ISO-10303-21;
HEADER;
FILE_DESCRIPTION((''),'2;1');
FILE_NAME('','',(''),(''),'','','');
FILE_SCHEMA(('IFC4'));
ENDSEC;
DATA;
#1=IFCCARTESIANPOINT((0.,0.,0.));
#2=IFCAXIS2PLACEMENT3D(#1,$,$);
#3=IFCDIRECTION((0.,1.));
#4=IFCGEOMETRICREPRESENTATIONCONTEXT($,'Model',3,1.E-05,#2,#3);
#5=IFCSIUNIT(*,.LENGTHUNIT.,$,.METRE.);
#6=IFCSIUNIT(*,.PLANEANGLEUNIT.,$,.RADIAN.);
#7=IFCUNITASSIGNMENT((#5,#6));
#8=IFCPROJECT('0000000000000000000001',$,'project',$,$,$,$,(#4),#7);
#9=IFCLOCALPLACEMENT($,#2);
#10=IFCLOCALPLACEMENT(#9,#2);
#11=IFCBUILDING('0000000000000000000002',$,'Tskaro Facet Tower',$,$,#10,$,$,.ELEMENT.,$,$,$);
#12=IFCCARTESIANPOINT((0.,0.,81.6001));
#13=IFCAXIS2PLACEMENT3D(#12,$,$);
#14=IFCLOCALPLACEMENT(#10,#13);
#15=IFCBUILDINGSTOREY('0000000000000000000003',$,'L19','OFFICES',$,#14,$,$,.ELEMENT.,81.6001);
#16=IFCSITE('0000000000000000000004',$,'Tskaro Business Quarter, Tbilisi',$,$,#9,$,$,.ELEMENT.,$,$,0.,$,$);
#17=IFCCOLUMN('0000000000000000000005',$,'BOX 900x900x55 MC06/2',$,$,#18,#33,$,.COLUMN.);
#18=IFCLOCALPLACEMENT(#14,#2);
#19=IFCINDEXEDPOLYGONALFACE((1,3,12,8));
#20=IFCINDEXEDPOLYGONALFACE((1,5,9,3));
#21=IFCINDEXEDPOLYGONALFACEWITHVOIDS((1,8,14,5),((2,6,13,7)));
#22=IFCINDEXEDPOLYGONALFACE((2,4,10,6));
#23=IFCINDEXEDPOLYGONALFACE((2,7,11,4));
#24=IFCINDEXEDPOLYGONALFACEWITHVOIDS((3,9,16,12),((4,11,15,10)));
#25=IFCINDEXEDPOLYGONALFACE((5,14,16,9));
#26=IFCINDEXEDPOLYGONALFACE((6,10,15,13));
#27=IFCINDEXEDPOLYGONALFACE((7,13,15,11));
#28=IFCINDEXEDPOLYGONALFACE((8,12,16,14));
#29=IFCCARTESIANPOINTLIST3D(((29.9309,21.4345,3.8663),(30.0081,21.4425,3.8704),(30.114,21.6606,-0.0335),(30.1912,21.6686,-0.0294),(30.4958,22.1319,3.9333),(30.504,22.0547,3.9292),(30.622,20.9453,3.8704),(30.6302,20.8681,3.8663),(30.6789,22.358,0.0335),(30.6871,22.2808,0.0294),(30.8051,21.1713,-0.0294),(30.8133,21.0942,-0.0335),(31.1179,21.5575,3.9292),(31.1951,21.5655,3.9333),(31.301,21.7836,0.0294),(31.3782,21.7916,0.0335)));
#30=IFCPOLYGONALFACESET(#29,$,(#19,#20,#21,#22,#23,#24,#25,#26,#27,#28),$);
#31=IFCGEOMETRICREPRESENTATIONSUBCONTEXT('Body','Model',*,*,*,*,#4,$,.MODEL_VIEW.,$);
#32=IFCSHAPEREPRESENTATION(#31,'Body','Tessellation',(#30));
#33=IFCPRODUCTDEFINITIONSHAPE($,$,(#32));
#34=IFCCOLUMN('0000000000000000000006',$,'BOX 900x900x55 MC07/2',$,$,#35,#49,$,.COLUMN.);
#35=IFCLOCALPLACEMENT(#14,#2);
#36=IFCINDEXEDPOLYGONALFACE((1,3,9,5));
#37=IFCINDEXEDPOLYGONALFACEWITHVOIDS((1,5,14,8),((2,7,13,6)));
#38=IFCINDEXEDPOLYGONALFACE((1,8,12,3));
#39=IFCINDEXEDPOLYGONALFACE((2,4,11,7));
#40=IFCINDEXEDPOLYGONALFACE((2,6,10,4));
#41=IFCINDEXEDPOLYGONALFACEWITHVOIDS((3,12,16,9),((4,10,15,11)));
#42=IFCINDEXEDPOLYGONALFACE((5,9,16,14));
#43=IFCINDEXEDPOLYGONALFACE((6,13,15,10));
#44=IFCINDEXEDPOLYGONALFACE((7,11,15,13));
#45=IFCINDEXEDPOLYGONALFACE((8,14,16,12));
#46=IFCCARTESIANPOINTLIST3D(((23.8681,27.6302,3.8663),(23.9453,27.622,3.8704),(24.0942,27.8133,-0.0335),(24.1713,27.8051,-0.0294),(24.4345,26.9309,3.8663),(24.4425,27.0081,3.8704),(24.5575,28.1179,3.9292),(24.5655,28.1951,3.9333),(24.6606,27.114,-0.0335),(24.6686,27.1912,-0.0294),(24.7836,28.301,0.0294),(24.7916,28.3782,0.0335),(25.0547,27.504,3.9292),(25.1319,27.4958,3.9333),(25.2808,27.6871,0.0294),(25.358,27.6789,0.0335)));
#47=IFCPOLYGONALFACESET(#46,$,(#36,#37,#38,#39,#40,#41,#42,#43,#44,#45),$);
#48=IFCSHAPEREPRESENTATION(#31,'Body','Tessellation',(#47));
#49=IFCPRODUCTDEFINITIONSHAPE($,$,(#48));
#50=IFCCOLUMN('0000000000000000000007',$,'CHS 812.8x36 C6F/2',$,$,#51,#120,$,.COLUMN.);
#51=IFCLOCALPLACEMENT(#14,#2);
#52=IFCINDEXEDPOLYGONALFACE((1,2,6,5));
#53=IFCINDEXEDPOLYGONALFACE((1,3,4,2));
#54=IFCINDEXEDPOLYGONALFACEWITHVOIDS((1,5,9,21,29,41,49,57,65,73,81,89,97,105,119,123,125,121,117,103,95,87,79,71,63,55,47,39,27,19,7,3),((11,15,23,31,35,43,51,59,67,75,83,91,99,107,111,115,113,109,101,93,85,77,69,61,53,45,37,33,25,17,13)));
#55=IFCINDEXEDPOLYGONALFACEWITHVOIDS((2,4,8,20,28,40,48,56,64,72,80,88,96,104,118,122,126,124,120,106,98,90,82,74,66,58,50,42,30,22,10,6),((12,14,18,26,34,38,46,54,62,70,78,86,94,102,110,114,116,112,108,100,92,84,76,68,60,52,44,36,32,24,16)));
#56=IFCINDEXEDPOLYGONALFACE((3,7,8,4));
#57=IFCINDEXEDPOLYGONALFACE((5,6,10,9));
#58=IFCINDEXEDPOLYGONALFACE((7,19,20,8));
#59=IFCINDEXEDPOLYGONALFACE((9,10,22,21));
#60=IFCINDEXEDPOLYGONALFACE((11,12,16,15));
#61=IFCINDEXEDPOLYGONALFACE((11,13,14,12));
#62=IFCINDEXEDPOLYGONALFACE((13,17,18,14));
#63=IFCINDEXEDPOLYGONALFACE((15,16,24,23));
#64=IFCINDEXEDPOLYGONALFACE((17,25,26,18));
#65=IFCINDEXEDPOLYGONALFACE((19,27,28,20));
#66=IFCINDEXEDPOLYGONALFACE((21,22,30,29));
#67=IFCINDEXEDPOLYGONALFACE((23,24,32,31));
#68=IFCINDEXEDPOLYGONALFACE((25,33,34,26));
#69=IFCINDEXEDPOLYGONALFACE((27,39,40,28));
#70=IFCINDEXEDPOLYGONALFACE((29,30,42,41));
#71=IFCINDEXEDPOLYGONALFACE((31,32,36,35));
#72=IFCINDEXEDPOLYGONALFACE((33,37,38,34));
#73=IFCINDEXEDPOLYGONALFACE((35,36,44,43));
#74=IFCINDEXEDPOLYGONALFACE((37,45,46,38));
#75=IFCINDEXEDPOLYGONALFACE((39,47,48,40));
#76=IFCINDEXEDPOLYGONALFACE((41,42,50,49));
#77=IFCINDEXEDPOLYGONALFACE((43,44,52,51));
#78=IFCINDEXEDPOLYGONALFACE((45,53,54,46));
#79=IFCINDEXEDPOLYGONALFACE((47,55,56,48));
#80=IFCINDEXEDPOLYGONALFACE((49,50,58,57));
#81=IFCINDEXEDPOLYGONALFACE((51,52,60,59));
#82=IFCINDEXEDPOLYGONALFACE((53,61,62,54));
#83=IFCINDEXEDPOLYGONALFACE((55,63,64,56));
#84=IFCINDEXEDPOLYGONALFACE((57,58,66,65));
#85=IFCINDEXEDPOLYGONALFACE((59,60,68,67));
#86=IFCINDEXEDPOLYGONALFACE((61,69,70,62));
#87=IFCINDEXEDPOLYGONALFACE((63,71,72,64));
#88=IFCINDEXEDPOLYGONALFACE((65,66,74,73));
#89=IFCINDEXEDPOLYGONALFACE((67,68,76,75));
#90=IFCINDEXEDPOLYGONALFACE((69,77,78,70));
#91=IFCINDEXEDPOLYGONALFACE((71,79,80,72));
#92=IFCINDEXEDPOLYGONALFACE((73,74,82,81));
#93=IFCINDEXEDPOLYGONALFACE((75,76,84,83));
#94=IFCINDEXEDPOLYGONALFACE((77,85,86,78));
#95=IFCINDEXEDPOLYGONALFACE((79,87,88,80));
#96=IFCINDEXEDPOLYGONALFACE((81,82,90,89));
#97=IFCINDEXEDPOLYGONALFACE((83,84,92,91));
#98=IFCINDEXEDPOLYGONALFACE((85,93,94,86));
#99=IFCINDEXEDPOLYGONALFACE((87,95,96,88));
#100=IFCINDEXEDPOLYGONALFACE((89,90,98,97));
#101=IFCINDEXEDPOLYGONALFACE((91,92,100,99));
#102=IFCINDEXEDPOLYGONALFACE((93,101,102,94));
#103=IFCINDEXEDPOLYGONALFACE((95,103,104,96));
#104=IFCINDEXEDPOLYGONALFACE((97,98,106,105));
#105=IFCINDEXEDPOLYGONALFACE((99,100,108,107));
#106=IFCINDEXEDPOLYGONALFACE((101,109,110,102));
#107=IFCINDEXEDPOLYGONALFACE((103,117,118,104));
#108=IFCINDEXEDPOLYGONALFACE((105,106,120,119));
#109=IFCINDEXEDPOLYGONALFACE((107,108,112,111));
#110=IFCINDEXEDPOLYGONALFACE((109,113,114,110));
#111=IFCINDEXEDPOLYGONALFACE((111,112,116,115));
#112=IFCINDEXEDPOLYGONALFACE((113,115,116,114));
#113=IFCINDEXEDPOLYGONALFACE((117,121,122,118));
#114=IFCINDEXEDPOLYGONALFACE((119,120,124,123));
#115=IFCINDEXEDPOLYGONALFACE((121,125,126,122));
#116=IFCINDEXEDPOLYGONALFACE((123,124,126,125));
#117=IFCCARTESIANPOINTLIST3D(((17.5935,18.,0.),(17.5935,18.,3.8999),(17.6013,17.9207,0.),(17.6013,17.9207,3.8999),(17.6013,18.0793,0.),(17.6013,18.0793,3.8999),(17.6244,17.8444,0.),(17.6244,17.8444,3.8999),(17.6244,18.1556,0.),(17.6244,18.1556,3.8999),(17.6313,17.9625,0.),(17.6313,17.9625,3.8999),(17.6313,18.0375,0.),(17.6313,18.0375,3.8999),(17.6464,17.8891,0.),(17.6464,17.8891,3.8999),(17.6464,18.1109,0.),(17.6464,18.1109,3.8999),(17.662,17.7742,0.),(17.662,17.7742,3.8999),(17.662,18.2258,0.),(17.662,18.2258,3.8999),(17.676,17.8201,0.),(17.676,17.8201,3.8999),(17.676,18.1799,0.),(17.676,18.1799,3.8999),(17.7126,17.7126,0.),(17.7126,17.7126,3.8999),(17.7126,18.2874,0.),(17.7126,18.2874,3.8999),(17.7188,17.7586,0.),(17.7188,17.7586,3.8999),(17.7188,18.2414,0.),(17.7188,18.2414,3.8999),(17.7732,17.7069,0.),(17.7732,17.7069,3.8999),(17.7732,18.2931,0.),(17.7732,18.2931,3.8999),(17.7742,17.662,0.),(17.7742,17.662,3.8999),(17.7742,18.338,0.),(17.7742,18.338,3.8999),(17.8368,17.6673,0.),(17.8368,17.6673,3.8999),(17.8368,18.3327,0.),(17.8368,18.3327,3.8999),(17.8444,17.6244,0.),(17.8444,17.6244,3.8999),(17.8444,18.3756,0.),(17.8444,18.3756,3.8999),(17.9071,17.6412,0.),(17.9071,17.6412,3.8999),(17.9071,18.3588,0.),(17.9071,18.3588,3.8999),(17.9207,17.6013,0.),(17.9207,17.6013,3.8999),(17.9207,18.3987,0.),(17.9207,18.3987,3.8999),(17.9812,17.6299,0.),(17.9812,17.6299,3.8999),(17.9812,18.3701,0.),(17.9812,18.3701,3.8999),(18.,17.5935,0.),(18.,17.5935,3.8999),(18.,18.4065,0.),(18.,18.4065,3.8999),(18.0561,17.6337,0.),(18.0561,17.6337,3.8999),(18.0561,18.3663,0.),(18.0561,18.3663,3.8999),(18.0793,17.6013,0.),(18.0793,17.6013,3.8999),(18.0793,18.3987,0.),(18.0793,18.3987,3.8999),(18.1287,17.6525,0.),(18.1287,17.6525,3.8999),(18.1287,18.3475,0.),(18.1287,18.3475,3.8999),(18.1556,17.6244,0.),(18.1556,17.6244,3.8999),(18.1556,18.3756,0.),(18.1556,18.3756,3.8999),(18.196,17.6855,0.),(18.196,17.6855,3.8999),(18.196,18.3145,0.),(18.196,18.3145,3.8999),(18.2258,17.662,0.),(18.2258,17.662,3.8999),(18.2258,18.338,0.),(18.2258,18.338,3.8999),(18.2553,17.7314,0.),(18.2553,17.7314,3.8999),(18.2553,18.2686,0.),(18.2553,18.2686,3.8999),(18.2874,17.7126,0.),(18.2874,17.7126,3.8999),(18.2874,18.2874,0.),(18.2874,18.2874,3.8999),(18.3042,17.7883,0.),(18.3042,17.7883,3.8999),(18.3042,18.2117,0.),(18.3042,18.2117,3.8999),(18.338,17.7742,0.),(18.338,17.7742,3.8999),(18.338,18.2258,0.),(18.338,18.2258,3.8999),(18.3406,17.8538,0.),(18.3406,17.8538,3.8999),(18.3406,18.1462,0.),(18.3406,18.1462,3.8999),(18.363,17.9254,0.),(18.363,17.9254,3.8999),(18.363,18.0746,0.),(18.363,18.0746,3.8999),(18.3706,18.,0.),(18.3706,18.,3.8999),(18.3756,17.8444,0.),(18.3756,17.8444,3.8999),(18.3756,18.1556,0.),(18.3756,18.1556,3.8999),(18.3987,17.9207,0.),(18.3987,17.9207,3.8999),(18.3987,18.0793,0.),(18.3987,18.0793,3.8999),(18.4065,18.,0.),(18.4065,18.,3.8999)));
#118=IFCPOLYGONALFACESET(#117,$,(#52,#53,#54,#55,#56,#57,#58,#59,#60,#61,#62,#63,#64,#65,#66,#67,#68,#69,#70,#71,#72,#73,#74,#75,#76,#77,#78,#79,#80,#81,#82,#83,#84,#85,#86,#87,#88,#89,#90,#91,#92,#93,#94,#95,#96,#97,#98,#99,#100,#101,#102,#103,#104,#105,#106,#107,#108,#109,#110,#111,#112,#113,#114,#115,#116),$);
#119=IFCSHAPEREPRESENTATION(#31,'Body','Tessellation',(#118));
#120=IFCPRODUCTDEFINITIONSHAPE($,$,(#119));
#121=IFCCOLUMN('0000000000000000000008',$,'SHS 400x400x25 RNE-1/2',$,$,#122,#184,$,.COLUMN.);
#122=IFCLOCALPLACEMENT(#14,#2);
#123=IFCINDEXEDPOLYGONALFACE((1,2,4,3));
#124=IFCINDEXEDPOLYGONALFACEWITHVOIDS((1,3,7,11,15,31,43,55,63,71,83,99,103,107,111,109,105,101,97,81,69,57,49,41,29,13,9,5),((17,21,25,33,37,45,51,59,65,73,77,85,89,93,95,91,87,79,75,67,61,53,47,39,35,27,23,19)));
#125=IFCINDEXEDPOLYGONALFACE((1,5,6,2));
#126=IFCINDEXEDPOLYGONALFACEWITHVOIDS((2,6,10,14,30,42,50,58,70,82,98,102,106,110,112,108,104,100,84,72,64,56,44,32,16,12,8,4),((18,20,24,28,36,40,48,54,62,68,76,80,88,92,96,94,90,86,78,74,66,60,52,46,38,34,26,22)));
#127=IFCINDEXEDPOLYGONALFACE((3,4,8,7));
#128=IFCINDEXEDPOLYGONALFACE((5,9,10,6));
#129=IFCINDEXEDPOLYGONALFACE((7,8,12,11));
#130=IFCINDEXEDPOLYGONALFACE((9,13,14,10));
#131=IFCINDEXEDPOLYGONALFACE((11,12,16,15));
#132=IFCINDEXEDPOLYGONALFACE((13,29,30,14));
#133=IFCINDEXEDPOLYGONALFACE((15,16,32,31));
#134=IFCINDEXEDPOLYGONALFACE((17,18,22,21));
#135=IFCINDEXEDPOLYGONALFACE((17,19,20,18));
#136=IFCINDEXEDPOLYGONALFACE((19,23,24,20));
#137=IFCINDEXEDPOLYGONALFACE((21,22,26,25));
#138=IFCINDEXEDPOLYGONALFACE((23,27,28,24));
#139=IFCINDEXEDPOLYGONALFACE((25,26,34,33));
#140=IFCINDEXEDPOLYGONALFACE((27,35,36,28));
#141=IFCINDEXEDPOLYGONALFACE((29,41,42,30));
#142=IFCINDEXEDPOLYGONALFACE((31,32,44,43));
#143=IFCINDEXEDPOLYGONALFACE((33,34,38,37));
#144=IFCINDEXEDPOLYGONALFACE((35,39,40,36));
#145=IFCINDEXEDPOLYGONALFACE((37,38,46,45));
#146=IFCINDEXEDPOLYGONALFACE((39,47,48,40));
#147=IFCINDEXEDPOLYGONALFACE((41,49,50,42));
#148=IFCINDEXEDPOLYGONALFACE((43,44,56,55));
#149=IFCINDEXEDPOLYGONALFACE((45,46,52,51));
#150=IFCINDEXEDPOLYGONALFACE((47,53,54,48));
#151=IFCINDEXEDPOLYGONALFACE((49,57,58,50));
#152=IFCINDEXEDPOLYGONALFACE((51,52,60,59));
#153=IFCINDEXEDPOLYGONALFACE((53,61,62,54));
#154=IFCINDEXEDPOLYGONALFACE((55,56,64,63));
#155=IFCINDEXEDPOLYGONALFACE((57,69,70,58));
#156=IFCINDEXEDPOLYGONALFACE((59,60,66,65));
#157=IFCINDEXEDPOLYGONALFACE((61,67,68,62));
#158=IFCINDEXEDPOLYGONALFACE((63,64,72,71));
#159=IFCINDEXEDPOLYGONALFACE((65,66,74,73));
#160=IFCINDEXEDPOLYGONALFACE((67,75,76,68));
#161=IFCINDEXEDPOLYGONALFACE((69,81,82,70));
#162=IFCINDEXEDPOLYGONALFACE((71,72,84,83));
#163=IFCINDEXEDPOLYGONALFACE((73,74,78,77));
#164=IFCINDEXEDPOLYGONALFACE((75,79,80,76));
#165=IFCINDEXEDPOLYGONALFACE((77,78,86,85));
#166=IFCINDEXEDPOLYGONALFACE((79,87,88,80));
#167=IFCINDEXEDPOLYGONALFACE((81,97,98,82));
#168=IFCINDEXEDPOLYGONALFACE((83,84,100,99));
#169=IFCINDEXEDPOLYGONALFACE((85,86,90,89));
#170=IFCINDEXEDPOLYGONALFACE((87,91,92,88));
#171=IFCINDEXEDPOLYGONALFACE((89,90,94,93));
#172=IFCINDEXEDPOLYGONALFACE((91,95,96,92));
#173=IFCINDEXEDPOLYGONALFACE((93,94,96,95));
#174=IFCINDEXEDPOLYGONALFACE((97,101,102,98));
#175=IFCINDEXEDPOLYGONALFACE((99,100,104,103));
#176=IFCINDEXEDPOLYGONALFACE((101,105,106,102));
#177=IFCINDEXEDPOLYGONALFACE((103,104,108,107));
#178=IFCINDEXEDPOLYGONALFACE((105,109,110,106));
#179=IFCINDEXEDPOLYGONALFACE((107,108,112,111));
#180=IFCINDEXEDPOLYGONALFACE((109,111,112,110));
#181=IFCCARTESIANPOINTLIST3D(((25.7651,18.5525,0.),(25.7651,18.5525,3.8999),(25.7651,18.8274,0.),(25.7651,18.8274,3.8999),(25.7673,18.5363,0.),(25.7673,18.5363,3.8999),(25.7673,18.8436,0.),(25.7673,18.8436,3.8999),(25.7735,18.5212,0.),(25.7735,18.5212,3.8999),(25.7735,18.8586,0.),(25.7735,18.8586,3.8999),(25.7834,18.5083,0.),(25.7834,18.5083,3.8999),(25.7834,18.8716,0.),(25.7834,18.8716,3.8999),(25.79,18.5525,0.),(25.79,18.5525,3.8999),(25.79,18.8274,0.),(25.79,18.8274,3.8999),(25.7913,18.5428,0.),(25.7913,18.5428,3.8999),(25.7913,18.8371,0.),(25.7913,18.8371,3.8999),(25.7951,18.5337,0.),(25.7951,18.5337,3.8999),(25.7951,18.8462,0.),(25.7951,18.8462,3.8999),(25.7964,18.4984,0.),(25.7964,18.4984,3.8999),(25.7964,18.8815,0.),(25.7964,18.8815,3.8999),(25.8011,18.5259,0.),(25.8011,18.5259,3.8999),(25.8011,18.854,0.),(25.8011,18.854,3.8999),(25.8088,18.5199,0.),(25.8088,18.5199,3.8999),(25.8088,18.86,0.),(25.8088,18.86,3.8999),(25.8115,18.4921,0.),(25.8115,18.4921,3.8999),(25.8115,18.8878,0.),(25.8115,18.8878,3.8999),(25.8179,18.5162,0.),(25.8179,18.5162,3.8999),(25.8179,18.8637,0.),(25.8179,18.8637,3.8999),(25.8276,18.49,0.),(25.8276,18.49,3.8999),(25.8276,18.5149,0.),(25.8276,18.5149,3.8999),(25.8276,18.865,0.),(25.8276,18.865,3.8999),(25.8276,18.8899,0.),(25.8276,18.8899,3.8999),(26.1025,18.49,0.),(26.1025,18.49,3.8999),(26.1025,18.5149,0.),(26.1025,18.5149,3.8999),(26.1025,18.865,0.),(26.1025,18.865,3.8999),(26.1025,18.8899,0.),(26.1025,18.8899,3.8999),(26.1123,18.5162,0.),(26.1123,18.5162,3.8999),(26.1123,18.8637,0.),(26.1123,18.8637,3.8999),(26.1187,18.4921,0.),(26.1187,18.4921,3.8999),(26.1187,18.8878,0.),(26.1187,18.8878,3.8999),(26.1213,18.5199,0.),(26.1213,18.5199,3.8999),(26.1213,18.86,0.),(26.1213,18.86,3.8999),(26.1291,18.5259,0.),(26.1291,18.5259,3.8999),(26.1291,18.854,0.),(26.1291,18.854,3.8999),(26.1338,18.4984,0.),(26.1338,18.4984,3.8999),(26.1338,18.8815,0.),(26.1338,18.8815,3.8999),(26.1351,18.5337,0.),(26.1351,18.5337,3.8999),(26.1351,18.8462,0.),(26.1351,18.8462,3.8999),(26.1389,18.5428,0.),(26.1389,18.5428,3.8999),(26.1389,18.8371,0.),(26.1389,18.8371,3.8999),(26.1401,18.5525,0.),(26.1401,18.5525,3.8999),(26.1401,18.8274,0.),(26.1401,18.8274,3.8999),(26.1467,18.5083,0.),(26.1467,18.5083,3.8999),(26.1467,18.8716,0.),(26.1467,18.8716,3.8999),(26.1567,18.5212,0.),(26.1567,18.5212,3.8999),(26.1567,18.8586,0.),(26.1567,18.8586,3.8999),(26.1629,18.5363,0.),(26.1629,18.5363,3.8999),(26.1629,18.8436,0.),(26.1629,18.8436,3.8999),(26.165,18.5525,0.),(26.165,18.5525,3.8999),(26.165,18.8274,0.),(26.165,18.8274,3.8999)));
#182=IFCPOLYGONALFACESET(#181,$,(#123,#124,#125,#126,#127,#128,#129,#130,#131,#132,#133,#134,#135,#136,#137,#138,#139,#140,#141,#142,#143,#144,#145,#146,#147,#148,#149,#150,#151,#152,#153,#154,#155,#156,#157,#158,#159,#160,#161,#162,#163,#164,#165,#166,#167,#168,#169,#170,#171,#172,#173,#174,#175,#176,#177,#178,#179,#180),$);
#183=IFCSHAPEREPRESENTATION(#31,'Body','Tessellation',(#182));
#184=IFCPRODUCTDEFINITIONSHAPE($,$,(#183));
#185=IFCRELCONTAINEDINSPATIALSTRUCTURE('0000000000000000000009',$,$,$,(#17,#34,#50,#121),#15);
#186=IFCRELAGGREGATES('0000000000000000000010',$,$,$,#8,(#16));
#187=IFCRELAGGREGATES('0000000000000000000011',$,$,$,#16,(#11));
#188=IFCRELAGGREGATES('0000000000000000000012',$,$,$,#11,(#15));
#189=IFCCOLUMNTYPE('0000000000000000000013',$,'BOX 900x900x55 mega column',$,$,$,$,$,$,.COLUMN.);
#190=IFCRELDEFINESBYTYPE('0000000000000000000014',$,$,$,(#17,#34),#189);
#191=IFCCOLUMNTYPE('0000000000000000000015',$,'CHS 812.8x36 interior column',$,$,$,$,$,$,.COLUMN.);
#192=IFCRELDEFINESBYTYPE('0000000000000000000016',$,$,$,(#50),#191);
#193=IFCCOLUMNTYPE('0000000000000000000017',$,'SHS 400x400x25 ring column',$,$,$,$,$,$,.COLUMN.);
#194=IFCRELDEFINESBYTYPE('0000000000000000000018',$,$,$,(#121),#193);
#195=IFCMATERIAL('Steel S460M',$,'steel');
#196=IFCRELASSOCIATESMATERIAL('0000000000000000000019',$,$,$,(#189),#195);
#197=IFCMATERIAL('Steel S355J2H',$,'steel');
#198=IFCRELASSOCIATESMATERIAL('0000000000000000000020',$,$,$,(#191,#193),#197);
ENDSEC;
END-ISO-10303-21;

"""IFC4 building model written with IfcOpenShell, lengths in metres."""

from ifc_helpers import new_model, si_unit, direction, frame, origin, origin_2d, place, context, subcontext, project, spatial, hollow_rectangle, hollow_circle, extrude, material, material_profile, profile_set, type_object, element, save


model = new_model("IFC4")

# Units and contexts
model_context = context("Model", 3, precision=1e-05, world=origin(), true_north=direction((0.0, 1.0)))
body_context = subcontext(model_context, "Body", "Model", "MODEL_VIEW")
ifc_project = project(units=[si_unit("LENGTHUNIT", "METRE"), si_unit("PLANEANGLEUNIT", "RADIAN")], contexts=[model_context])

# Site, building, storey
site_placement = place(None, origin())
site = spatial("IfcSite", under=ifc_project, at=site_placement, Name="Tskaro Business Quarter, Tbilisi", CompositionType="ELEMENT", RefElevation=0.0)
building_placement = place(site_placement, origin())
building = spatial("IfcBuilding", under=site, at=building_placement, Name="Tskaro Facet Tower", CompositionType="ELEMENT")
storey_placement = place(building_placement, frame((0.0, 0.0, 81.6001)))
storey = spatial("IfcBuildingStorey", under=building, at=storey_placement, Name="L19", Description="OFFICES", CompositionType="ELEMENT", Elevation=81.6001)

# Columns
ifc_material_1 = material(Name="Steel S460M", Category="steel")
ifc_material_profile_1 = material_profile(ifc_material_1, hollow_rectangle(XDim=0.8999, YDim=0.8999, WallThickness=0.0549, at=origin_2d()), Name="BOX 900x900x55")
ifc_profile_set_1 = profile_set([ifc_material_profile_1], Name="Steel S460M")
column_type_1 = type_object("IfcColumnType", Name="BOX 900x900x55 mega column", PredefinedType="COLUMN", material=ifc_profile_set_1)
for number, where, z_axis, x_axis, name in (
    (1, (30.7461, 21.7261, 0.0), (-0.046821, -0.057809, 0.997229), (0.777089, -0.629391, 0.0), "BOX 900x900x55 MC06/2"),
    (2, (24.7261, 27.7461, 0.0), (-0.057809, -0.046821, 0.997229), (0.629391, -0.777089, 0.0), "BOX 900x900x55 MC07/2"),
):
    element("IfcColumn", number, at=place(storey_placement, frame(where, z_axis=z_axis, x_axis=x_axis)), inside=storey, type_object=column_type_1, Name=name, PredefinedType="COLUMN", context=body_context, shape_type="SweptSolid", body=[
        extrude(hollow_rectangle(XDim=0.8999, YDim=0.8999, WallThickness=0.0549, at=origin_2d()), origin(), (0.0, 0.0, 1.0), 3.9106),
    ])
ifc_material_2 = material(Name="Steel S355J2H", Category="steel")
ifc_material_profile_2 = material_profile(ifc_material_2, hollow_circle(Radius=0.4065, WallThickness=0.0359, at=origin_2d()), Name="CHS 812.8x36")
ifc_profile_set_2 = profile_set([ifc_material_profile_2], Name="Steel S355J2H")
column_type_2 = type_object("IfcColumnType", Name="CHS 812.8x36 interior column", PredefinedType="COLUMN", material=ifc_profile_set_2)
column_placement = place(storey_placement, frame((18.0, 18.0, 0.0), z_axis=(0.0, 0.0, 1.0), x_axis=(1.0, 0.0, 0.0)))
element("IfcColumn", 3, at=column_placement, inside=storey, type_object=column_type_2, Name="CHS 812.8x36 C6F/2", PredefinedType="COLUMN", context=body_context, shape_type="SweptSolid", body=[
    extrude(hollow_circle(Radius=0.4065, WallThickness=0.0359, at=origin_2d()), origin(), (0.0, 0.0, 1.0), 3.8999),
])
ifc_material_profile_3 = material_profile(ifc_material_2, hollow_rectangle(XDim=0.3999, YDim=0.3999, WallThickness=0.0249, InnerFilletRadius=0.0376, OuterFilletRadius=0.0625, at=origin_2d()), Name="SHS 400x400x25")
ifc_profile_set_3 = profile_set([ifc_material_profile_3], Name="Steel S355J2H")
column_type_3 = type_object("IfcColumnType", Name="SHS 400x400x25 ring column", PredefinedType="COLUMN", material=ifc_profile_set_3)
for number, where, z_axis, x_axis, name in (
    (4, (25.9651, 18.6899, 0.0), (0.0, 0.0, 1.0), (1.0, 0.0, 0.0), "SHS 400x400x25 RNE-1/2"),
):
    element("IfcColumn", number, at=place(storey_placement, frame(where, z_axis=z_axis, x_axis=x_axis)), inside=storey, type_object=column_type_3, Name=name, PredefinedType="COLUMN", context=body_context, shape_type="SweptSolid", body=[
        extrude(hollow_rectangle(XDim=0.3999, YDim=0.3999, WallThickness=0.0249, InnerFilletRadius=0.0376, OuterFilletRadius=0.0625, at=origin_2d()), origin(), (0.0, 0.0, 1.0), 3.8999),
    ])

save(model, "model.ifc")
